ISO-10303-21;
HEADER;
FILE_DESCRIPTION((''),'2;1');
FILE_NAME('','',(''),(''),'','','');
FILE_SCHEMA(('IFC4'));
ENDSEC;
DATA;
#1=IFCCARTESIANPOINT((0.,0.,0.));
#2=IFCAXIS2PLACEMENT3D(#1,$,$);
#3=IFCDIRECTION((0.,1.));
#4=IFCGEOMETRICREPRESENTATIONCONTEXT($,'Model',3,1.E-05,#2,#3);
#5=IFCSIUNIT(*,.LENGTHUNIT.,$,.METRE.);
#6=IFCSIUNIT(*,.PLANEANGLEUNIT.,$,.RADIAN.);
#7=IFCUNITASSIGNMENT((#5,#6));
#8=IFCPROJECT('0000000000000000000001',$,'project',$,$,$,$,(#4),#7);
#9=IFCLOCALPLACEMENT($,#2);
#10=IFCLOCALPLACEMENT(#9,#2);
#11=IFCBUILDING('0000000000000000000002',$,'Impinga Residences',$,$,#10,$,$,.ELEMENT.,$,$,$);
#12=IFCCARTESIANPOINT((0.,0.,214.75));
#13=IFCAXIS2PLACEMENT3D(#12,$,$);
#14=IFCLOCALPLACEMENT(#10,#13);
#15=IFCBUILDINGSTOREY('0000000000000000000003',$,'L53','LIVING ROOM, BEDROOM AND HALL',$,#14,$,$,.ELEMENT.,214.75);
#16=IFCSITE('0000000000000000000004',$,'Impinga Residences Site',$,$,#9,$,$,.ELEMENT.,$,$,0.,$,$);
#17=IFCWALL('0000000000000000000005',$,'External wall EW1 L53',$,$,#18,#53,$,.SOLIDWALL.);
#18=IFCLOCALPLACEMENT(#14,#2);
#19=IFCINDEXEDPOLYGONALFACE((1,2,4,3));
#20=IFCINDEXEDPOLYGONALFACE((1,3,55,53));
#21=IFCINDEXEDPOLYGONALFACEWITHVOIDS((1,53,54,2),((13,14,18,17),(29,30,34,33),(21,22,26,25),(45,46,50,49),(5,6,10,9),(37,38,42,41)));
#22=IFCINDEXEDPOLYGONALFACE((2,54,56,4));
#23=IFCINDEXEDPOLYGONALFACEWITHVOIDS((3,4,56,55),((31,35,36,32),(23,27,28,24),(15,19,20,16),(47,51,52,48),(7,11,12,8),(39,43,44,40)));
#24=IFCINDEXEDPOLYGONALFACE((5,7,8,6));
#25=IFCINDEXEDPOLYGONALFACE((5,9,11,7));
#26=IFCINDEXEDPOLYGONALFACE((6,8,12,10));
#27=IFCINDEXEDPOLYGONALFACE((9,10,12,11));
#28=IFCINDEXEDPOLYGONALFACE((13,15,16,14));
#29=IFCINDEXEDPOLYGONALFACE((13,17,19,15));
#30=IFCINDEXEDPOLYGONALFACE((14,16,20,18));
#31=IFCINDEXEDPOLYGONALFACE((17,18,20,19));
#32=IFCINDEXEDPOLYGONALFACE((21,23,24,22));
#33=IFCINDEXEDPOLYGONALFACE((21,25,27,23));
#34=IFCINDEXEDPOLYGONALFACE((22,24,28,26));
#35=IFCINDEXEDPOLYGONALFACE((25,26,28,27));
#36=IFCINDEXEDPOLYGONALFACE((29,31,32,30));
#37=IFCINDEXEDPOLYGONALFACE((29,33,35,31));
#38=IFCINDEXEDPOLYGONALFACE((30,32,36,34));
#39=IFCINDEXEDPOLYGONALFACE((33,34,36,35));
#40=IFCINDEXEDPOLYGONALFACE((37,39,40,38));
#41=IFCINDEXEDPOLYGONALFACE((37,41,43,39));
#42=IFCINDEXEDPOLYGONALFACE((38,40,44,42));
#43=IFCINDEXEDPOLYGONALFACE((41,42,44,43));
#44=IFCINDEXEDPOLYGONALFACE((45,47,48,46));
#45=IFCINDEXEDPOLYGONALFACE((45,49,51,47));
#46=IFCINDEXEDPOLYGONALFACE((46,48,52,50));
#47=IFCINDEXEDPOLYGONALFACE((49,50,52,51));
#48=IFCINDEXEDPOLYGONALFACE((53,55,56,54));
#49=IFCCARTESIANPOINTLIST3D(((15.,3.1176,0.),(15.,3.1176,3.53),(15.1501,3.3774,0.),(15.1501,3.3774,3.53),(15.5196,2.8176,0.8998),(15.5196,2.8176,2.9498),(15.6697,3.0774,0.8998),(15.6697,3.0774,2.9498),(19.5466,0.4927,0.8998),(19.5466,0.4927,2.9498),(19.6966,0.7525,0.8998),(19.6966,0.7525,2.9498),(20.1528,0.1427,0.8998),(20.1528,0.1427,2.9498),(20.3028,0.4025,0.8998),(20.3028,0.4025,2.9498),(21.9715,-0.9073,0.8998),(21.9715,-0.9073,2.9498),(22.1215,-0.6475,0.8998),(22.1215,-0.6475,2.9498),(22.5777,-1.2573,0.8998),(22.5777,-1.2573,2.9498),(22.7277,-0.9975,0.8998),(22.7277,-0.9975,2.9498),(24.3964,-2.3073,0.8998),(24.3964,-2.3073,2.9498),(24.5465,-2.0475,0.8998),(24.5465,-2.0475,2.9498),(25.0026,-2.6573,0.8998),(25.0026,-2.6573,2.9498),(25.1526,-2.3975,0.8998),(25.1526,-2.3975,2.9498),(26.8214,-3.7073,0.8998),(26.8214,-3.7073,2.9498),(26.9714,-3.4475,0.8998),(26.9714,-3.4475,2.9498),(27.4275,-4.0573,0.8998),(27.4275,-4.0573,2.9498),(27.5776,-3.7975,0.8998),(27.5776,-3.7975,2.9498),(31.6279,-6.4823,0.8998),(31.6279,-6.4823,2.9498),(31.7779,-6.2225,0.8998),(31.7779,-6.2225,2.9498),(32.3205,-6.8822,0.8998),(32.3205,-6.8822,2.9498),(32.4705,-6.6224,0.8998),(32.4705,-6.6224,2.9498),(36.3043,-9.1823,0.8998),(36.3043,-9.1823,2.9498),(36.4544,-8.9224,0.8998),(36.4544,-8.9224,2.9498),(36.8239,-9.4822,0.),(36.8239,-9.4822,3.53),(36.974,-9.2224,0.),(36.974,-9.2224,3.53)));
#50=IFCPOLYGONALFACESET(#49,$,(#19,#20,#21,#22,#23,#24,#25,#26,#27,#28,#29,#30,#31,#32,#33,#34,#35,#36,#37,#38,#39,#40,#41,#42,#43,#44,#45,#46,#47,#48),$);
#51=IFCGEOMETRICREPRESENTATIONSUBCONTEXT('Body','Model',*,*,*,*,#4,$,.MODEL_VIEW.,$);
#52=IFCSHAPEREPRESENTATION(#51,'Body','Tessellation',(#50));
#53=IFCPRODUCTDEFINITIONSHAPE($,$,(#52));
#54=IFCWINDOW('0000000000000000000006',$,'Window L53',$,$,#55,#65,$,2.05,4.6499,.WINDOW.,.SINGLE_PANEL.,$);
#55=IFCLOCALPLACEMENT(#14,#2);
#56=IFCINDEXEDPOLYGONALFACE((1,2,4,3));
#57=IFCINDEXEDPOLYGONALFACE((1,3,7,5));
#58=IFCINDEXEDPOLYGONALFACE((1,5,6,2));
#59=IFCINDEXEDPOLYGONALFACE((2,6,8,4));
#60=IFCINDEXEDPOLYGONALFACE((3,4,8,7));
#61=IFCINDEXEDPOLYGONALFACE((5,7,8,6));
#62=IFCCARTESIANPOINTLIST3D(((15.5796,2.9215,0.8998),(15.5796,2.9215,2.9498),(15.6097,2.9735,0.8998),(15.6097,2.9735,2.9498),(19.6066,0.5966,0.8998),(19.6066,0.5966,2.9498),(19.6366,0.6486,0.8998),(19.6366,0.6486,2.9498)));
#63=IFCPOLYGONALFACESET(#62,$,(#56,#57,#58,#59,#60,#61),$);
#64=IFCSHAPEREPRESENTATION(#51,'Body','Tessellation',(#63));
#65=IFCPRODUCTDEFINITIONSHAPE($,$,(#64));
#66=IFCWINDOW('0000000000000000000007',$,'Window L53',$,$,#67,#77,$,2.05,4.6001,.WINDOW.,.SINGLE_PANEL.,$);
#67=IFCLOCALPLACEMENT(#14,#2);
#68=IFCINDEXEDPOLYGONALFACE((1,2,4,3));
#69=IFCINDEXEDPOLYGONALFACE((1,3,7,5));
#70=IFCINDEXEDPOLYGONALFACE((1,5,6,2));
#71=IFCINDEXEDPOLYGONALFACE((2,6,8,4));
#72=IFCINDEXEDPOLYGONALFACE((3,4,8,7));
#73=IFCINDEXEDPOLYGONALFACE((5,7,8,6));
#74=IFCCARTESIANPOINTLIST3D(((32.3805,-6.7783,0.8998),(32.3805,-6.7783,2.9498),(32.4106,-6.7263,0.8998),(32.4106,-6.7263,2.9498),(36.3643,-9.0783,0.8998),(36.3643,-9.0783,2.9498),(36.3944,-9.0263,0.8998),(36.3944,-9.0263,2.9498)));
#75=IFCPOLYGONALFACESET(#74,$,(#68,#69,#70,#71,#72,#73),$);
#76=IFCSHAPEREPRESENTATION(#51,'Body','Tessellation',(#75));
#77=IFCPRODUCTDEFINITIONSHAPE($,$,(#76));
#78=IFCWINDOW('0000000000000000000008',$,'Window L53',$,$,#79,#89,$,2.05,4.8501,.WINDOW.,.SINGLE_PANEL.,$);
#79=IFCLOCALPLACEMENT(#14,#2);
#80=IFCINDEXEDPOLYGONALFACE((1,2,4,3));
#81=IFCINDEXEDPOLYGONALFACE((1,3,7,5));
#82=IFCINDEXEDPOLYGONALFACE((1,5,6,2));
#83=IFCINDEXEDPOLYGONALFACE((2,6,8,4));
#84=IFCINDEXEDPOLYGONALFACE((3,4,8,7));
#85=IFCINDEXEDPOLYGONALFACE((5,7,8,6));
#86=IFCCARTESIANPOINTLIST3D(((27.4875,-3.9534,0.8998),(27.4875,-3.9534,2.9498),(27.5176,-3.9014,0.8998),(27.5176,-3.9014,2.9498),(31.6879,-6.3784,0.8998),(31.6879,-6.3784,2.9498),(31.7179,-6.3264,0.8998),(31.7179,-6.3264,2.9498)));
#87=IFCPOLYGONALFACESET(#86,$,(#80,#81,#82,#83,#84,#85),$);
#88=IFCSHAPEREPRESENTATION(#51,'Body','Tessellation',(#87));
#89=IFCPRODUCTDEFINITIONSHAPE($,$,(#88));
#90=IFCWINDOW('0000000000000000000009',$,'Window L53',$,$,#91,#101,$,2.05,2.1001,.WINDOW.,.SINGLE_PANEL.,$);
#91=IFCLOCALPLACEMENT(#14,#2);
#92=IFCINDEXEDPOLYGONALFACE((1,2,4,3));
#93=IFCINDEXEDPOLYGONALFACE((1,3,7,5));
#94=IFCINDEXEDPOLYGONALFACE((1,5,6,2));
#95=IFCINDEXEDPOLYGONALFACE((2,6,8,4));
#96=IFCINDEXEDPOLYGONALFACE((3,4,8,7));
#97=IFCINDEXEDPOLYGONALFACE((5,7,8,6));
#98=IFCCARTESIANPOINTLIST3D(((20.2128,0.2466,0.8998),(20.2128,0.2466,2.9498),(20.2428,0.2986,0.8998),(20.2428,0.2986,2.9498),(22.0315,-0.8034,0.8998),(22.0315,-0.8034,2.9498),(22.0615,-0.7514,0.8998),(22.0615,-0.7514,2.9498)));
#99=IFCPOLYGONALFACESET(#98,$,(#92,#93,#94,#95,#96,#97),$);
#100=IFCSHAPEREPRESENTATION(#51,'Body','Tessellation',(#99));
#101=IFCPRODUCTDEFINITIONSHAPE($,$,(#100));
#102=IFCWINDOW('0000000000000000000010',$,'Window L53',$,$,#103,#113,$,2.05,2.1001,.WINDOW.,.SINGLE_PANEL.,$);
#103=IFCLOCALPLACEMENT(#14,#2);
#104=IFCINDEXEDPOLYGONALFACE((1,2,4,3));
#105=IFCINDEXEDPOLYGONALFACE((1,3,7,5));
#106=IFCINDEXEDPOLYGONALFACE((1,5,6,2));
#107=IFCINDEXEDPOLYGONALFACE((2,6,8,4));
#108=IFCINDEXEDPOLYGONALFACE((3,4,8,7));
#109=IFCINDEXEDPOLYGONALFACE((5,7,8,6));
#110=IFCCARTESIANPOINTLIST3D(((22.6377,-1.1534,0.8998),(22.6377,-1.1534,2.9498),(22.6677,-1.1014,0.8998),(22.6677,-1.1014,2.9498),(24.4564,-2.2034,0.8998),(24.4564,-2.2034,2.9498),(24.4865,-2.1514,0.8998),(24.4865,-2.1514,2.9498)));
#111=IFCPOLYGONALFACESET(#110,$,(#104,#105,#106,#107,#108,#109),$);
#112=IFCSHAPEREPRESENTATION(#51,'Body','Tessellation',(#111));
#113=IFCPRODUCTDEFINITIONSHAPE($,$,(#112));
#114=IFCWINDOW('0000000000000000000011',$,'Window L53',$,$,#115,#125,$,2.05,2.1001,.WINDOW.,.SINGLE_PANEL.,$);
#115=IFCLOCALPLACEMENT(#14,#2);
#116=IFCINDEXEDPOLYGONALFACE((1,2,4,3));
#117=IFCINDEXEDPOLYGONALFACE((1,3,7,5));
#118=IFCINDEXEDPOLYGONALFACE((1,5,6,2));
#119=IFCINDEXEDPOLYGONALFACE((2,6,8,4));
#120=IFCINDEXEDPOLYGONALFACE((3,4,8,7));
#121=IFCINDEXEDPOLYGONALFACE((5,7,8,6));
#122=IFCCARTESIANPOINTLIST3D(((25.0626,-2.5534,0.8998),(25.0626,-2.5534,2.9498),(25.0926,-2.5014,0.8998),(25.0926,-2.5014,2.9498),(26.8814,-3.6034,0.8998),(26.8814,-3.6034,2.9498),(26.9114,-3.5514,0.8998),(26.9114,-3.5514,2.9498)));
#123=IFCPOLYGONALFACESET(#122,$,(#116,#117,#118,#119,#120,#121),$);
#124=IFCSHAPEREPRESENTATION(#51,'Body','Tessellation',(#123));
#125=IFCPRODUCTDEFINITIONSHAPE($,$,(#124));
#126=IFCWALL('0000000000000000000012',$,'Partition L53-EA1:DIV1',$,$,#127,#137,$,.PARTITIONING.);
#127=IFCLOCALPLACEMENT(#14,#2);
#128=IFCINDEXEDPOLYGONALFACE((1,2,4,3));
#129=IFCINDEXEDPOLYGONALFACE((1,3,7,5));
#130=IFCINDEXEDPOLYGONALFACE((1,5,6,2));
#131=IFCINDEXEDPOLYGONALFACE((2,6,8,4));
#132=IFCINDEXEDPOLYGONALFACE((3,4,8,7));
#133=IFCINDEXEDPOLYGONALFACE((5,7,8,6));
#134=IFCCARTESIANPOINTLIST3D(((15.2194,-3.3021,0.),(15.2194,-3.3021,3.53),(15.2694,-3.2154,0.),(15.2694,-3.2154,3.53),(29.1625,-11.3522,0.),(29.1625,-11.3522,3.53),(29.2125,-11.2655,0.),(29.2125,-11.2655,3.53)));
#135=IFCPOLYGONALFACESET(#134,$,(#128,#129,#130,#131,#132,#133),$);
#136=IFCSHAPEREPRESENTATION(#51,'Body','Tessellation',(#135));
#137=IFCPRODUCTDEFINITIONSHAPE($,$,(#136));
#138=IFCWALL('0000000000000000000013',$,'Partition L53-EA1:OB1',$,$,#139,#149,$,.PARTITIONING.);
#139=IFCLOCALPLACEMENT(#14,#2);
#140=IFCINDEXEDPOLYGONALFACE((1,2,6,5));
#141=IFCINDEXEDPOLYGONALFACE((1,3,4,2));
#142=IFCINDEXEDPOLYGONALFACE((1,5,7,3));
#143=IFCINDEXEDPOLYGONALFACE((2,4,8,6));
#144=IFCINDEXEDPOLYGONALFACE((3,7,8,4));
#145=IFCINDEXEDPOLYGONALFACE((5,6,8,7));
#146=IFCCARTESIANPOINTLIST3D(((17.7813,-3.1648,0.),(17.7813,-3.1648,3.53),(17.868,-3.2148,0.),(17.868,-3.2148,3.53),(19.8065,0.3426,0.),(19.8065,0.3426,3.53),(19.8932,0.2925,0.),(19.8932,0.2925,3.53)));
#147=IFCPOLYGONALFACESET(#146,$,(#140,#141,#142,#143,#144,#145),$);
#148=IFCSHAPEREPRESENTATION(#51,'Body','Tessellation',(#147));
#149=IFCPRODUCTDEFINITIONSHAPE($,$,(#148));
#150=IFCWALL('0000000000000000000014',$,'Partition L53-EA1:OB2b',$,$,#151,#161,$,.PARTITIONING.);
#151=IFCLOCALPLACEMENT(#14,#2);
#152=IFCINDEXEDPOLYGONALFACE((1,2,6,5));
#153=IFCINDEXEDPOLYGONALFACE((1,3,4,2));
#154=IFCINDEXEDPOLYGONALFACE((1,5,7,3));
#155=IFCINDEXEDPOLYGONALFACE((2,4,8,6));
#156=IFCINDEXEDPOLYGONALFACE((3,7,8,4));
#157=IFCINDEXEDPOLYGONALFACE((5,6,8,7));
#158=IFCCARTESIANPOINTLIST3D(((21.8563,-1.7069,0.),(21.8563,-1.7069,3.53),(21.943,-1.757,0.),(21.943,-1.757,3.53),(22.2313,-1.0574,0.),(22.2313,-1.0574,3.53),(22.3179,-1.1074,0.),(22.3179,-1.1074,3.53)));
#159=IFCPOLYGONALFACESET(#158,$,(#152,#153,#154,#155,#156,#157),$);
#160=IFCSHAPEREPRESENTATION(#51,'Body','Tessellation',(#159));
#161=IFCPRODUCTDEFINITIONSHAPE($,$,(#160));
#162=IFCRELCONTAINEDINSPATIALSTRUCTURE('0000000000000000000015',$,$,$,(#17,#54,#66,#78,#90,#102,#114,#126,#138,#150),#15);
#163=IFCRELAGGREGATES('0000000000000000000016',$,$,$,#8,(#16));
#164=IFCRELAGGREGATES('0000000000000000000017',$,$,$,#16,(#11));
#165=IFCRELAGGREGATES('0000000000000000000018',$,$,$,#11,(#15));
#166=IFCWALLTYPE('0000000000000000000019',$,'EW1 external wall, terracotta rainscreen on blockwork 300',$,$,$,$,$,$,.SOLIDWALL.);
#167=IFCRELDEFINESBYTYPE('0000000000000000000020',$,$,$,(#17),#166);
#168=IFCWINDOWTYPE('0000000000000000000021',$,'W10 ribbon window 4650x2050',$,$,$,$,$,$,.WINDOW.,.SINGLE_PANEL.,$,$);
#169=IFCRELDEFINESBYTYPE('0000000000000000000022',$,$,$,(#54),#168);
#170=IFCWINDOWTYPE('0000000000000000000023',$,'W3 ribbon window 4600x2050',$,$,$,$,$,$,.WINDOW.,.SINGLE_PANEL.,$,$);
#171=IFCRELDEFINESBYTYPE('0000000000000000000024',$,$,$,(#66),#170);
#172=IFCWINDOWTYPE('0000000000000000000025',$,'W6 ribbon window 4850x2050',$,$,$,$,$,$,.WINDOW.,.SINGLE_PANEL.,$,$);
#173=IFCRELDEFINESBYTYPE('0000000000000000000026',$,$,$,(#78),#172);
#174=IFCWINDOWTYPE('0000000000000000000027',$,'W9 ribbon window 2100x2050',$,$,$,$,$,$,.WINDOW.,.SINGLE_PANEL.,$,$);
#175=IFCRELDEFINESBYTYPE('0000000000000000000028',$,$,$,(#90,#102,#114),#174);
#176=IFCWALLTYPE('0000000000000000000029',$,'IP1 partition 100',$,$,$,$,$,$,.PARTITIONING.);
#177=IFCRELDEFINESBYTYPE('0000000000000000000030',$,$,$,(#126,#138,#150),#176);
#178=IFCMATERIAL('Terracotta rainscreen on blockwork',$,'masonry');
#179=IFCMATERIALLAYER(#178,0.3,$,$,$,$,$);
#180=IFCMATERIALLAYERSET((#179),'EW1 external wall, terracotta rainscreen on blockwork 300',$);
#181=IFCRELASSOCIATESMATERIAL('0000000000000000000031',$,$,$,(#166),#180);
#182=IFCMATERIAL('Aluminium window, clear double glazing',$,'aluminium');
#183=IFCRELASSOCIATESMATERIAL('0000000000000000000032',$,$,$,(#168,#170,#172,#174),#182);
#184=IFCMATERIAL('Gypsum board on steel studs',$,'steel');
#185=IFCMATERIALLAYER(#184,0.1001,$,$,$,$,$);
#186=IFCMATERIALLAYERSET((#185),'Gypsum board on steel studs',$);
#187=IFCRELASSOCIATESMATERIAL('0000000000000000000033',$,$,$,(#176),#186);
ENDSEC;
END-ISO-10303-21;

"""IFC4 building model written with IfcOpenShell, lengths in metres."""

from ifc_helpers import new_model, si_unit, direction, frame, frame_2d, origin, place, context, subcontext, project, spatial, rectangle, extrude, material, layer, layer_set, type_object, element, fill, save


model = new_model("IFC4")

# Units and contexts
model_context = context("Model", 3, precision=1e-05, world=origin(), true_north=direction((0.0, 1.0)))
body_context = subcontext(model_context, "Body", "Model", "MODEL_VIEW")
ifc_project = project(units=[si_unit("LENGTHUNIT", "METRE"), si_unit("PLANEANGLEUNIT", "RADIAN")], contexts=[model_context])

# Site, building, storey
site_placement = place(None, origin())
site = spatial("IfcSite", under=ifc_project, at=site_placement, Name="Impinga Residences Site", CompositionType="ELEMENT", RefElevation=0.0)
building_placement = place(site_placement, origin())
building = spatial("IfcBuilding", under=site, at=building_placement, Name="Impinga Residences", CompositionType="ELEMENT")
storey_placement = place(building_placement, frame((0.0, 0.0, 214.75)))
storey = spatial("IfcBuildingStorey", under=building, at=storey_placement, Name="L53", Description="LIVING ROOM, BEDROOM AND HALL", CompositionType="ELEMENT", Elevation=214.75)

# Wall, openings, windows
ifc_material_1 = material(Name="Terracotta rainscreen on blockwork", Category="masonry")
ifc_layer_1 = layer(ifc_material_1, 0.3)
ifc_layer_set_1 = layer_set([ifc_layer_1], Name="EW1 external wall, terracotta rainscreen on blockwork 300")
wall_type_1 = type_object("IfcWallType", Name="EW1 external wall, terracotta rainscreen on blockwork 300", PredefinedType="SOLIDWALL", material=ifc_layer_set_1)
wall_1_placement = place(storey_placement, frame((15.075, 3.2476, 0.0), z_axis=(0.0, 0.0, 1.0), x_axis=(0.866029, -0.499993, 0.0)))
wall_1 = element("IfcWall", 1, at=wall_1_placement, inside=storey, type_object=wall_type_1, Name="External wall EW1 L53", PredefinedType="SOLIDWALL", context=body_context, shape_type="SweptSolid", body=[
    extrude(rectangle(XDim=25.2, YDim=0.3, at=frame_2d((12.6001, 0.0))), origin(), (0.0, 0.0, 1.0), 3.53),
])
opening_1_placement = place(wall_1_placement, frame((0.6001, 0.0, 0.8999)))
opening_1 = element("IfcOpeningElement", 2, at=opening_1_placement, cuts=wall_1, PredefinedType="OPENING", context=body_context, shape_type="SweptSolid", body=[
    extrude(rectangle(XDim=4.6499, YDim=2.05, at=frame_2d((2.325, 1.0249))), frame((0.0, 0.1599, 0.0), z_axis=(0.0, -1.0, 0.0), x_axis=(1.0, 0.0, 0.0)), (0.0, 0.0, 1.0), 0.3201),
])
opening_2_placement = place(wall_1_placement, frame((5.95, 0.0, 0.8999)))
opening_2 = element("IfcOpeningElement", 3, at=opening_2_placement, cuts=wall_1, PredefinedType="OPENING", context=body_context, shape_type="SweptSolid", body=[
    extrude(rectangle(XDim=2.1001, YDim=2.05, at=frame_2d((1.05, 1.0249))), frame((0.0, 0.1599, 0.0), z_axis=(0.0, -1.0, 0.0), x_axis=(1.0, 0.0, 0.0)), (0.0, 0.0, 1.0), 0.3201),
])
opening_3_placement = place(wall_1_placement, frame((8.75, 0.0, 0.8999)))
opening_3 = element("IfcOpeningElement", 4, at=opening_3_placement, cuts=wall_1, PredefinedType="OPENING", context=body_context, shape_type="SweptSolid", body=[
    extrude(rectangle(XDim=2.1001, YDim=2.05, at=frame_2d((1.05, 1.0249))), frame((0.0, 0.1599, 0.0), z_axis=(0.0, -1.0, 0.0), x_axis=(1.0, 0.0, 0.0)), (0.0, 0.0, 1.0), 0.3201),
])
opening_4_placement = place(wall_1_placement, frame((11.55, 0.0, 0.8999)))
opening_4 = element("IfcOpeningElement", 5, at=opening_4_placement, cuts=wall_1, PredefinedType="OPENING", context=body_context, shape_type="SweptSolid", body=[
    extrude(rectangle(XDim=2.1001, YDim=2.05, at=frame_2d((1.05, 1.0249))), frame((0.0, 0.1599, 0.0), z_axis=(0.0, -1.0, 0.0), x_axis=(1.0, 0.0, 0.0)), (0.0, 0.0, 1.0), 0.3201),
])
opening_5_placement = place(wall_1_placement, frame((14.3501, 0.0, 0.8999)))
opening_5 = element("IfcOpeningElement", 6, at=opening_5_placement, cuts=wall_1, PredefinedType="OPENING", context=body_context, shape_type="SweptSolid", body=[
    extrude(rectangle(XDim=4.8501, YDim=2.05, at=frame_2d((2.425, 1.0249))), frame((0.0, 0.1599, 0.0), z_axis=(0.0, -1.0, 0.0), x_axis=(1.0, 0.0, 0.0)), (0.0, 0.0, 1.0), 0.3201),
])
opening_6_placement = place(wall_1_placement, frame((20.0, 0.0, 0.8999)))
opening_6 = element("IfcOpeningElement", 7, at=opening_6_placement, cuts=wall_1, PredefinedType="OPENING", context=body_context, shape_type="SweptSolid", body=[
    extrude(rectangle(XDim=4.6001, YDim=2.05, at=frame_2d((2.3, 1.0249))), frame((0.0, 0.1599, 0.0), z_axis=(0.0, -1.0, 0.0), x_axis=(1.0, 0.0, 0.0)), (0.0, 0.0, 1.0), 0.3201),
])
ifc_material_2 = material(Name="Aluminium window, clear double glazing", Category="aluminium")
window_type_1 = type_object("IfcWindowType", Name="W10 ribbon window 4650x2050", PartitioningType="SINGLE_PANEL", PredefinedType="WINDOW", material=ifc_material_2)
window_1_placement = place(opening_1_placement, origin())
window_1 = element("IfcWindow", 8, at=window_1_placement, inside=storey, type_object=window_type_1, Name="Window L53", OverallHeight=2.05, OverallWidth=4.6499, PartitioningType="SINGLE_PANEL", PredefinedType="WINDOW", context=body_context, shape_type="SweptSolid", body=[
    extrude(rectangle(XDim=4.6499, YDim=2.05, at=frame_2d((2.325, 1.0249))), frame((0.0, 0.03, 0.0), z_axis=(0.0, -1.0, 0.0), x_axis=(1.0, 0.0, 0.0)), (0.0, 0.0, 1.0), 0.0601),
])
fill(opening_1, window_1)
window_type_2 = type_object("IfcWindowType", Name="W3 ribbon window 4600x2050", PartitioningType="SINGLE_PANEL", PredefinedType="WINDOW", material=ifc_material_2)
window_2_placement = place(opening_6_placement, origin())
window_2 = element("IfcWindow", 9, at=window_2_placement, inside=storey, type_object=window_type_2, Name="Window L53", OverallHeight=2.05, OverallWidth=4.6001, PartitioningType="SINGLE_PANEL", PredefinedType="WINDOW", context=body_context, shape_type="SweptSolid", body=[
    extrude(rectangle(XDim=4.6001, YDim=2.05, at=frame_2d((2.3, 1.0249))), frame((0.0, 0.03, 0.0), z_axis=(0.0, -1.0, 0.0), x_axis=(1.0, 0.0, 0.0)), (0.0, 0.0, 1.0), 0.0601),
])
fill(opening_6, window_2)
window_type_3 = type_object("IfcWindowType", Name="W6 ribbon window 4850x2050", PartitioningType="SINGLE_PANEL", PredefinedType="WINDOW", material=ifc_material_2)
window_3_placement = place(opening_5_placement, origin())
window_3 = element("IfcWindow", 10, at=window_3_placement, inside=storey, type_object=window_type_3, Name="Window L53", OverallHeight=2.05, OverallWidth=4.8501, PartitioningType="SINGLE_PANEL", PredefinedType="WINDOW", context=body_context, shape_type="SweptSolid", body=[
    extrude(rectangle(XDim=4.8501, YDim=2.05, at=frame_2d((2.425, 1.0249))), frame((0.0, 0.03, 0.0), z_axis=(0.0, -1.0, 0.0), x_axis=(1.0, 0.0, 0.0)), (0.0, 0.0, 1.0), 0.0601),
])
fill(opening_5, window_3)
window_type_4 = type_object("IfcWindowType", Name="W9 ribbon window 2100x2050", PartitioningType="SINGLE_PANEL", PredefinedType="WINDOW", material=ifc_material_2)
window_4_placement = place(opening_2_placement, origin())
window_4 = element("IfcWindow", 11, at=window_4_placement, inside=storey, type_object=window_type_4, Name="Window L53", OverallHeight=2.05, OverallWidth=2.1001, PartitioningType="SINGLE_PANEL", PredefinedType="WINDOW", context=body_context, shape_type="SweptSolid", body=[
    extrude(rectangle(XDim=2.1001, YDim=2.05, at=frame_2d((1.05, 1.0249))), frame((0.0, 0.03, 0.0), z_axis=(0.0, -1.0, 0.0), x_axis=(1.0, 0.0, 0.0)), (0.0, 0.0, 1.0), 0.0601),
])
fill(opening_2, window_4)
window_5_placement = place(opening_3_placement, origin())
window_5 = element("IfcWindow", 12, at=window_5_placement, inside=storey, type_object=window_type_4, Name="Window L53", OverallHeight=2.05, OverallWidth=2.1001, PartitioningType="SINGLE_PANEL", PredefinedType="WINDOW", context=body_context, shape_type="SweptSolid", body=[
    extrude(rectangle(XDim=2.1001, YDim=2.05, at=frame_2d((1.05, 1.0249))), frame((0.0, 0.03, 0.0), z_axis=(0.0, -1.0, 0.0), x_axis=(1.0, 0.0, 0.0)), (0.0, 0.0, 1.0), 0.0601),
])
fill(opening_3, window_5)
window_6_placement = place(opening_4_placement, origin())
window_6 = element("IfcWindow", 13, at=window_6_placement, inside=storey, type_object=window_type_4, Name="Window L53", OverallHeight=2.05, OverallWidth=2.1001, PartitioningType="SINGLE_PANEL", PredefinedType="WINDOW", context=body_context, shape_type="SweptSolid", body=[
    extrude(rectangle(XDim=2.1001, YDim=2.05, at=frame_2d((1.05, 1.0249))), frame((0.0, 0.03, 0.0), z_axis=(0.0, -1.0, 0.0), x_axis=(1.0, 0.0, 0.0)), (0.0, 0.0, 1.0), 0.0601),
])
fill(opening_4, window_6)

# Walls
ifc_material_3 = material(Name="Gypsum board on steel studs", Category="steel")
ifc_layer_2 = layer(ifc_material_3, 0.1001)
ifc_layer_set_2 = layer_set([ifc_layer_2], Name="Gypsum board on steel studs")
wall_type_2 = type_object("IfcWallType", Name="IP1 partition 100", PredefinedType="PARTITIONING", material=ifc_layer_set_2)
wall_2_placement = place(storey_placement, frame((15.2444, -3.2588, 0.0), z_axis=(0.0, 0.0, 1.0), x_axis=(0.866026, -0.499999, 0.0)))
element("IfcWall", 14, at=wall_2_placement, inside=storey, type_object=wall_type_2, Name="Partition L53-EA1:DIV1", PredefinedType="PARTITIONING", context=body_context, shape_type="SweptSolid", body=[
    extrude(rectangle(XDim=16.1001, YDim=0.1001, at=frame_2d((8.05, 0.0))), origin(), (0.0, 0.0, 1.0), 3.53),
])
wall_3_placement = place(storey_placement, frame((17.8247, -3.1897, 0.0), z_axis=(0.0, 0.0, 1.0), x_axis=(0.500036, 0.866005, 0.0)))
element("IfcWall", 15, at=wall_3_placement, inside=storey, type_object=wall_type_2, Name="Partition L53-EA1:OB1", PredefinedType="PARTITIONING", context=body_context, shape_type="SweptSolid", body=[
    extrude(rectangle(XDim=4.05, YDim=0.1001, at=frame_2d((2.0249, 0.0))), origin(), (0.0, 0.0, 1.0), 3.53),
])
wall_4_placement = place(storey_placement, frame((21.8997, -1.7319, 0.0), z_axis=(0.0, 0.0, 1.0), x_axis=(0.49992, 0.866072, 0.0)))
element("IfcWall", 16, at=wall_4_placement, inside=storey, type_object=wall_type_2, Name="Partition L53-EA1:OB2b", PredefinedType="PARTITIONING", context=body_context, shape_type="SweptSolid", body=[
    extrude(rectangle(XDim=0.75, YDim=0.1001, at=frame_2d((0.375, 0.0))), origin(), (0.0, 0.0, 1.0), 3.53),
])

save(model, "model.ifc")
